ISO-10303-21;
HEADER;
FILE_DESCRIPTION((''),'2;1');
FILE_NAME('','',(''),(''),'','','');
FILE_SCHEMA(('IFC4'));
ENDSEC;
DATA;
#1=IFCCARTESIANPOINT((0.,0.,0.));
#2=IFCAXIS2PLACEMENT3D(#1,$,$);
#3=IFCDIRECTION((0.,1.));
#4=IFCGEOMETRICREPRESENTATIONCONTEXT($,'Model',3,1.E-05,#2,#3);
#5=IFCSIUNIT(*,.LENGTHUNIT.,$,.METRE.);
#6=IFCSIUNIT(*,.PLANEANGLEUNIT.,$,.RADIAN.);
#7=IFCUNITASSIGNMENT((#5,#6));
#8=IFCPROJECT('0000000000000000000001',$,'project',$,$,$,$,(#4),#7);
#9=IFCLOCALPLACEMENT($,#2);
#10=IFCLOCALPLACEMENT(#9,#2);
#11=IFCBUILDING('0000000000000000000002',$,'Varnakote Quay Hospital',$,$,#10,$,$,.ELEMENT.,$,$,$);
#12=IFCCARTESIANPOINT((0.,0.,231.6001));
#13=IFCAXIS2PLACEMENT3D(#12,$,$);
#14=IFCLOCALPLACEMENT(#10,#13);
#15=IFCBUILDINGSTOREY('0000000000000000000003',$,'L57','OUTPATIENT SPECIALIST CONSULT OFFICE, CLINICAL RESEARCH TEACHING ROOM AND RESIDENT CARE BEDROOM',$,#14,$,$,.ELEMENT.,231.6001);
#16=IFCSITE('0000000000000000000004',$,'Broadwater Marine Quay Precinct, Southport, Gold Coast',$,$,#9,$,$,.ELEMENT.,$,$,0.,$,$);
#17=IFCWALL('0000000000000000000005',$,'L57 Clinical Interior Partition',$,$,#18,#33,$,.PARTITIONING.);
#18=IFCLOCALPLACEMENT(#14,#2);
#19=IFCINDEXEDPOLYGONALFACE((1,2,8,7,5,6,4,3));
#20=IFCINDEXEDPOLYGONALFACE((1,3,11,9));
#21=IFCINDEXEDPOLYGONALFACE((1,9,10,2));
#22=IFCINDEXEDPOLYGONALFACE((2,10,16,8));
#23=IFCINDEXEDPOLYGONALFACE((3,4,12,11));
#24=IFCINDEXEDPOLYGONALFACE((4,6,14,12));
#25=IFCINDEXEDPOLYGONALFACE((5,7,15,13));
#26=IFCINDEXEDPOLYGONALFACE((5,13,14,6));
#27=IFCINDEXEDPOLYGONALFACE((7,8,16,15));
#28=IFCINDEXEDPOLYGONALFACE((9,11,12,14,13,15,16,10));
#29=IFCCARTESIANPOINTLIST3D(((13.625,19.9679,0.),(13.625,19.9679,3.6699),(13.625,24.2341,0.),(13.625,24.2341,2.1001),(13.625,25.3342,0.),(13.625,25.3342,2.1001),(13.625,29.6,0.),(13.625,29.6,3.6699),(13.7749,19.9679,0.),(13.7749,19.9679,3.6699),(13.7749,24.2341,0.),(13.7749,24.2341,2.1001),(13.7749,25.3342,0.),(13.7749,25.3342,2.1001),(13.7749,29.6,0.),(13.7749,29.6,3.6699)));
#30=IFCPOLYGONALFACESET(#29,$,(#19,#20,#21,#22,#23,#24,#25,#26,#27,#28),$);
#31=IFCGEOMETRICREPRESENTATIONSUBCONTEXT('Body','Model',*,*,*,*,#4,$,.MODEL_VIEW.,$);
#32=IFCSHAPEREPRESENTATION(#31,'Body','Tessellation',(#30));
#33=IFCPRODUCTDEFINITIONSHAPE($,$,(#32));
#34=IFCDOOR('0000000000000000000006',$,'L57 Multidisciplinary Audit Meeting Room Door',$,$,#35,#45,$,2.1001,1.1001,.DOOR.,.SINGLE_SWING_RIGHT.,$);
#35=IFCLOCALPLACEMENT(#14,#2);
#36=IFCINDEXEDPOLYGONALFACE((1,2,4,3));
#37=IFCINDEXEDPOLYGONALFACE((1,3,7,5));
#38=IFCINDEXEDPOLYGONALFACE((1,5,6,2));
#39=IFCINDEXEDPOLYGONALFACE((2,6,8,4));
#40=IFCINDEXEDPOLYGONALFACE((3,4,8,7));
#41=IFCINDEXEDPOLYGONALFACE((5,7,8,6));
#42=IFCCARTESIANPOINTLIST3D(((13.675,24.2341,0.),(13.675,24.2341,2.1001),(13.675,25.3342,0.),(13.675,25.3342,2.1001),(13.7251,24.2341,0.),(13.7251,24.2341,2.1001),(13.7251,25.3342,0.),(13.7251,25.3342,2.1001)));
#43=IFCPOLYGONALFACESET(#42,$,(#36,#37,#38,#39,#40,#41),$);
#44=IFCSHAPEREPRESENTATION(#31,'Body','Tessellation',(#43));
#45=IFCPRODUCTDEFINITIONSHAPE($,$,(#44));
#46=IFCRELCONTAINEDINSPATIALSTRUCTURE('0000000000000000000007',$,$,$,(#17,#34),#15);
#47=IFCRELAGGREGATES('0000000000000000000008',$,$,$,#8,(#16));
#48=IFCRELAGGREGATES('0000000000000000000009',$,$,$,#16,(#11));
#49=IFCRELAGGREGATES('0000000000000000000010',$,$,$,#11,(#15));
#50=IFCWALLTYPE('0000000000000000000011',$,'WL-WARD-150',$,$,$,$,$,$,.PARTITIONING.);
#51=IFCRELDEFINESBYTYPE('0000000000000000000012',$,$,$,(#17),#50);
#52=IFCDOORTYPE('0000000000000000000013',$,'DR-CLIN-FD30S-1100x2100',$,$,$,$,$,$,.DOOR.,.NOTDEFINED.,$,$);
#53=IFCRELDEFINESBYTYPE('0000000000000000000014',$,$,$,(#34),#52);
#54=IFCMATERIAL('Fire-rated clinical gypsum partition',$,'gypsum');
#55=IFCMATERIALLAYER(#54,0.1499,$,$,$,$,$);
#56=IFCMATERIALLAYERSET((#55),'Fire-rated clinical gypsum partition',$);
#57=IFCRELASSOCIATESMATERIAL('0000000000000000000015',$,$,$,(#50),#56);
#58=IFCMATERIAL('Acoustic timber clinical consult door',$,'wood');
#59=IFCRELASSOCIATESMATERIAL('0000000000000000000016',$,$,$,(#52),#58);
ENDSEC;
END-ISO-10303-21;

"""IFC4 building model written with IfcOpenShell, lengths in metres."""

from ifc_helpers import new_model, si_unit, direction, frame, frame_2d, origin, place, context, subcontext, project, spatial, rectangle, extrude, material, layer, layer_set, type_object, element, fill, save


model = new_model("IFC4")

# Units and contexts
model_context = context("Model", 3, precision=1e-05, world=origin(), true_north=direction((0.0, 1.0)))
body_context = subcontext(model_context, "Body", "Model", "MODEL_VIEW")
ifc_project = project(units=[si_unit("LENGTHUNIT", "METRE"), si_unit("PLANEANGLEUNIT", "RADIAN")], contexts=[model_context])

# Site, building, storey
site_placement = place(None, origin())
site = spatial("IfcSite", under=ifc_project, at=site_placement, Name="Broadwater Marine Quay Precinct, Southport, Gold Coast", CompositionType="ELEMENT", RefElevation=0.0)
building_placement = place(site_placement, origin())
building = spatial("IfcBuilding", under=site, at=building_placement, Name="Varnakote Quay Hospital", CompositionType="ELEMENT")
storey_placement = place(building_placement, frame((0.0, 0.0, 231.6001)))
storey = spatial("IfcBuildingStorey", under=building, at=storey_placement, Name="L57", Description="OUTPATIENT SPECIALIST CONSULT OFFICE, CLINICAL RESEARCH TEACHING ROOM AND RESIDENT CARE BEDROOM", CompositionType="ELEMENT", Elevation=231.6001)

# Shared definitions
ifc_material_1 = material(Name="Fire-rated clinical gypsum partition", Category="gypsum")
ifc_layer_1 = layer(ifc_material_1, 0.1499)
ifc_layer_set_1 = layer_set([ifc_layer_1], Name="Fire-rated clinical gypsum partition")
wall_type_1 = type_object("IfcWallType", Name="WL-WARD-150", PredefinedType="PARTITIONING", material=ifc_layer_set_1)
ifc_material_2 = material(Name="Acoustic timber clinical consult door", Category="wood")
door_type_1 = type_object("IfcDoorType", Name="DR-CLIN-FD30S-1100x2100", OperationType="NOTDEFINED", PredefinedType="DOOR", material=ifc_material_2)

# Wall, opening, door
wall_1_placement = place(storey_placement, frame((13.7, 19.968, 0.0), z_axis=(0.0, 0.0, 1.0), x_axis=(0.0, 1.0, 0.0)))
wall_1 = element("IfcWall", 1, at=wall_1_placement, inside=storey, type_object=wall_type_1, Name="L57 Clinical Interior Partition", PredefinedType="PARTITIONING", context=body_context, shape_type="SweptSolid", body=[
    extrude(rectangle(XDim=9.6321, YDim=0.1499, at=frame_2d((4.8159, 0.0))), origin(), (0.0, 0.0, 1.0), 3.6699),
])
opening_1_placement = place(wall_1_placement, frame((4.2661, 0.0, 0.0)))
opening_1 = element("IfcOpeningElement", 2, at=opening_1_placement, cuts=wall_1, PredefinedType="OPENING", context=body_context, shape_type="SweptSolid", body=[
    extrude(rectangle(XDim=1.1001, YDim=2.1001, at=frame_2d((0.55, 1.05))), frame((0.0, 0.085, 0.0), z_axis=(0.0, -1.0, 0.0), x_axis=(1.0, 0.0, 0.0)), (0.0, 0.0, 1.0), 0.1699),
])
door_1_placement = place(opening_1_placement, origin())
door_1 = element("IfcDoor", 3, at=door_1_placement, inside=storey, type_object=door_type_1, Name="L57 Multidisciplinary Audit Meeting Room Door", OperationType="SINGLE_SWING_RIGHT", OverallHeight=2.1001, OverallWidth=1.1001, PredefinedType="DOOR", context=body_context, shape_type="SweptSolid", body=[
    extrude(rectangle(XDim=1.1001, YDim=2.1001, at=frame_2d((0.55, 1.05))), frame((0.0, 0.0249, 0.0), z_axis=(0.0, -1.0, 0.0), x_axis=(1.0, 0.0, 0.0)), (0.0, 0.0, 1.0), 0.05),
])
fill(opening_1, door_1)

save(model, "model.ifc")
